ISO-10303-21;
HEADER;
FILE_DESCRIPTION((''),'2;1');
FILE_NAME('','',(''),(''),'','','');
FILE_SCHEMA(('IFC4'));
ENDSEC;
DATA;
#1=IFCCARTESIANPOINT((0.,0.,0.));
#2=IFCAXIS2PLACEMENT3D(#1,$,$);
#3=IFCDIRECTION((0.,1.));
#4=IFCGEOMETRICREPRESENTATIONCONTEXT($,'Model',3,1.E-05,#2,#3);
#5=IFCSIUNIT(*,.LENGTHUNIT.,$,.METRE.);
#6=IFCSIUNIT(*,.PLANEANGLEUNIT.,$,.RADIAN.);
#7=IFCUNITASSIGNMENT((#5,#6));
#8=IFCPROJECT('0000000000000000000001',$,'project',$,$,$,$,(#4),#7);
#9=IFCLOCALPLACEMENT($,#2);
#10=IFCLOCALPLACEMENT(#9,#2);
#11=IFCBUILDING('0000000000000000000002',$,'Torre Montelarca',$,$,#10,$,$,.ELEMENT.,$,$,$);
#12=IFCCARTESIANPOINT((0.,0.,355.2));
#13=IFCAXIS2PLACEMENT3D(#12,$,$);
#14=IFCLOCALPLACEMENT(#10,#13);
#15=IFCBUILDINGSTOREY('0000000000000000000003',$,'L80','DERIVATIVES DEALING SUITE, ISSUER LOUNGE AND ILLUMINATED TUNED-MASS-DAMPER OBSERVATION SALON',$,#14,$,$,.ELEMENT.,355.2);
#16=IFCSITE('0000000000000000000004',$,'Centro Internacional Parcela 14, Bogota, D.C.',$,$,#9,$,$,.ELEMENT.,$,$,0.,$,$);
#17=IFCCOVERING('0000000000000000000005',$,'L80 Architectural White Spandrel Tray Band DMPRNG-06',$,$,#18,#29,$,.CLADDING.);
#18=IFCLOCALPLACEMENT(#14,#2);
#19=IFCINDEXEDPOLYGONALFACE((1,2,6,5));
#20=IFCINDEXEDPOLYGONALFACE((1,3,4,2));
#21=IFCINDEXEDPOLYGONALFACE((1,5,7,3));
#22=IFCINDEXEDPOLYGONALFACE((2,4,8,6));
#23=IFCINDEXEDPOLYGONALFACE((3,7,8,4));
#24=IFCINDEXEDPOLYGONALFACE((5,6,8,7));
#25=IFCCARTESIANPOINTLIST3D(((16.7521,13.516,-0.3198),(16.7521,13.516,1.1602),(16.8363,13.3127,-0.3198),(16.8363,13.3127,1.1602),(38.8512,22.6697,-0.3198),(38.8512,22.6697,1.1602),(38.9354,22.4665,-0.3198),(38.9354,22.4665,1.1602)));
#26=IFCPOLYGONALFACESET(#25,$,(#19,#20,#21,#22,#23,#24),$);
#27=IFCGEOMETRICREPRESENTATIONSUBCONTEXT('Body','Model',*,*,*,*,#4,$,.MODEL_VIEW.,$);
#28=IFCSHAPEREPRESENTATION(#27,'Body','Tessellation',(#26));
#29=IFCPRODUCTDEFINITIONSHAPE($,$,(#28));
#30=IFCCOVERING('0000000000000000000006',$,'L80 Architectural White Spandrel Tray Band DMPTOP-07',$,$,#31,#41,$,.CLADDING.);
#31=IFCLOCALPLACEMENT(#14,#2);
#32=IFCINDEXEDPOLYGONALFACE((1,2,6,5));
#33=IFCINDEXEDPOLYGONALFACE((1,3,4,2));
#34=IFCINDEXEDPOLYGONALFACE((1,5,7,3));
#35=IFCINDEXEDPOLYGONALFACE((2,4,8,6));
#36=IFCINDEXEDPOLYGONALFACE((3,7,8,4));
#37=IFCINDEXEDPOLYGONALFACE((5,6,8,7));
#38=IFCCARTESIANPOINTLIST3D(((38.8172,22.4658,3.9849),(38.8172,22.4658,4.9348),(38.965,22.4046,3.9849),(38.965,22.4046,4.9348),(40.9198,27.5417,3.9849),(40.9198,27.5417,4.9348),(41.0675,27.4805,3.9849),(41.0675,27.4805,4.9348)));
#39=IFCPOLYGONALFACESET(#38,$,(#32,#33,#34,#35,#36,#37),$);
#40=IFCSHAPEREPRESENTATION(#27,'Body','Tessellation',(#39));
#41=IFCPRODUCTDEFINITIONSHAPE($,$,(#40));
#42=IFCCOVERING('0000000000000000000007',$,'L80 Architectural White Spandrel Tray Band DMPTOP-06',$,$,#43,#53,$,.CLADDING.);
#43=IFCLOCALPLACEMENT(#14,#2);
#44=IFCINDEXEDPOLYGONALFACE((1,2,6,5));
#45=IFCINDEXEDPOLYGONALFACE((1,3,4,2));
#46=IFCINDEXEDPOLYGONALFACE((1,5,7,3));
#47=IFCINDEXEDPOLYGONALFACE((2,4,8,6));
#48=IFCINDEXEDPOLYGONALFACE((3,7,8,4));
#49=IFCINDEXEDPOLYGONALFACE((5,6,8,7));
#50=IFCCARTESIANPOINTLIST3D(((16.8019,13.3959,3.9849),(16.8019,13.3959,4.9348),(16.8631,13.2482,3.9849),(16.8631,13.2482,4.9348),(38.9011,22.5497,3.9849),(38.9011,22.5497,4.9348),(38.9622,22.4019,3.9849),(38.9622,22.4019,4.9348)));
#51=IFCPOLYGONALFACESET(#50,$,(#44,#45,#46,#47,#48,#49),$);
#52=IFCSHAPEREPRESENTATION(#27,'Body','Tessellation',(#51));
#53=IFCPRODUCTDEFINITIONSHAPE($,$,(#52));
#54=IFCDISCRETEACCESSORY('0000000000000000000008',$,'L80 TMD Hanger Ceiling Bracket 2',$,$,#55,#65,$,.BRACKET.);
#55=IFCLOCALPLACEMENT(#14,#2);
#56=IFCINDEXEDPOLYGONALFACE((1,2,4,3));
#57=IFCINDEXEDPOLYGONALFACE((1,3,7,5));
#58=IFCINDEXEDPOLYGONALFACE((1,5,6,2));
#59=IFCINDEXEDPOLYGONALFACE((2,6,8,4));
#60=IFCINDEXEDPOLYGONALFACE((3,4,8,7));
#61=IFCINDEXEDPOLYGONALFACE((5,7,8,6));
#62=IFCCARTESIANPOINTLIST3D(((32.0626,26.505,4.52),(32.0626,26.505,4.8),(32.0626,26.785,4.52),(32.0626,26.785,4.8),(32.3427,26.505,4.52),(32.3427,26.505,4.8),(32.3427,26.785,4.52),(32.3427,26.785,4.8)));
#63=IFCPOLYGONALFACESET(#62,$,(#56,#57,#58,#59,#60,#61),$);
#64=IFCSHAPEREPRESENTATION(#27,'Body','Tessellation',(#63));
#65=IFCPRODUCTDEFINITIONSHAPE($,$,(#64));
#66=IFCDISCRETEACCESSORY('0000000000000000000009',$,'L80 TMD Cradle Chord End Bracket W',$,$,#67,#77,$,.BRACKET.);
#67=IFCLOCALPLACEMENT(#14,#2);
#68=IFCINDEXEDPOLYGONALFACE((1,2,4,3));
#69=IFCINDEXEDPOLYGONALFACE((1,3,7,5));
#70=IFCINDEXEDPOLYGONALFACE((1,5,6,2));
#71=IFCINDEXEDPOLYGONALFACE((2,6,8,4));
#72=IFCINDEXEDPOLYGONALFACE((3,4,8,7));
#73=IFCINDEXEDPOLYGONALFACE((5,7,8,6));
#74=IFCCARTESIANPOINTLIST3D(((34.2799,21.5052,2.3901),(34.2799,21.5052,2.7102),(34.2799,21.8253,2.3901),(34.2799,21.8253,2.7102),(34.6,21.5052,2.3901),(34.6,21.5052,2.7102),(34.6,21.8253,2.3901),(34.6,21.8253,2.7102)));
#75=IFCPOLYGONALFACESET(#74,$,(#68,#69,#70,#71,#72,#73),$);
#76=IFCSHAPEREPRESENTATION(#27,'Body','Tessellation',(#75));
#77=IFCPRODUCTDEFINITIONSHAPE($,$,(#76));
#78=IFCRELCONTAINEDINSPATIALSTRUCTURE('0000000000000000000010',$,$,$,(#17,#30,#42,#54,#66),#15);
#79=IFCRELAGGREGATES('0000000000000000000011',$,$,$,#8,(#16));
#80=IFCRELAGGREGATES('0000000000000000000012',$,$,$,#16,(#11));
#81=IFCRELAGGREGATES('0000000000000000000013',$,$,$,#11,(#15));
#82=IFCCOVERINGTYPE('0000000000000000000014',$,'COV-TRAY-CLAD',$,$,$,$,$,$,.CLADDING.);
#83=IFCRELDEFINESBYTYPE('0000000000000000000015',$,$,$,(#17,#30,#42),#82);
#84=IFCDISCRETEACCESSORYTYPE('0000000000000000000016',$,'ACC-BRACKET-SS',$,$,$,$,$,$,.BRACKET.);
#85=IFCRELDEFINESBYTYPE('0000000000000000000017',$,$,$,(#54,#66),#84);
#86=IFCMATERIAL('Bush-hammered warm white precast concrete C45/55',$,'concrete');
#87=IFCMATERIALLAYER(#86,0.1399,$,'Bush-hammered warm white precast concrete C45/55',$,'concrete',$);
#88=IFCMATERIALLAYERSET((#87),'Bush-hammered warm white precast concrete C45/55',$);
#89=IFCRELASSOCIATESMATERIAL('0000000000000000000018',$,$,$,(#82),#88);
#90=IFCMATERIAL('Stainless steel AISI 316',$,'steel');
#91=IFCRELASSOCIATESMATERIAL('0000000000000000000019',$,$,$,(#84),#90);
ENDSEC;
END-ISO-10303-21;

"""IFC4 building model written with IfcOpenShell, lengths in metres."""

from ifc_helpers import new_model, si_unit, direction, frame, origin, origin_2d, place, context, subcontext, project, spatial, rectangle, extrude, source, transform, mapped, material, layer, layer_set, type_object, element, save


model = new_model("IFC4")

# Units and contexts
model_context = context("Model", 3, precision=1e-05, world=origin(), true_north=direction((0.0, 1.0)))
body_context = subcontext(model_context, "Body", "Model", "MODEL_VIEW")
ifc_project = project(units=[si_unit("LENGTHUNIT", "METRE"), si_unit("PLANEANGLEUNIT", "RADIAN")], contexts=[model_context])

# Site, building, storey
site_placement = place(None, origin())
site = spatial("IfcSite", under=ifc_project, at=site_placement, Name="Centro Internacional Parcela 14, Bogota, D.C.", CompositionType="ELEMENT", RefElevation=0.0)
building_placement = place(site_placement, origin())
building = spatial("IfcBuilding", under=site, at=building_placement, Name="Torre Montelarca", CompositionType="ELEMENT")
storey_placement = place(building_placement, frame((0.0, 0.0, 355.2)))
storey = spatial("IfcBuildingStorey", under=building, at=storey_placement, Name="L80", Description="DERIVATIVES DEALING SUITE, ISSUER LOUNGE AND ILLUMINATED TUNED-MASS-DAMPER OBSERVATION SALON", CompositionType="ELEMENT", Elevation=355.2)

# Coverings
ifc_material_1 = material(Name="Bush-hammered warm white precast concrete C45/55", Category="concrete")
ifc_layer_1 = layer(ifc_material_1, 0.1399, Name="Bush-hammered warm white precast concrete C45/55", Category="concrete")
ifc_layer_set_1 = layer_set([ifc_layer_1], Name="Bush-hammered warm white precast concrete C45/55")
covering_type = type_object("IfcCoveringType", Name="COV-TRAY-CLAD", PredefinedType="CLADDING", material=ifc_layer_set_1)
shared_shape_1 = source(origin(), body_context, "Body", "SweptSolid", [
    extrude(rectangle(XDim=23.9199, YDim=0.22, at=origin_2d()), origin(), (0.0, 0.0, 1.0), 1.48),
])
covering_1_placement = place(storey_placement, frame((27.8438, 17.9912, -0.3198), z_axis=(0.0, 0.0, 1.0), x_axis=(0.92388, 0.382682, 0.0)))
element("IfcCovering", 1, at=covering_1_placement, inside=storey, type_object=covering_type, Name="L80 Architectural White Spandrel Tray Band DMPRNG-06", PredefinedType="CLADDING", context=body_context, shape_type="MappedRepresentation", body=[
    mapped(shared_shape_1, transform((0.0, 0.0, 0.0), scale=1.0)),
])
shared_shape_2 = source(origin(), body_context, "Body", "SweptSolid", [
    extrude(rectangle(XDim=5.4941, YDim=0.1599, at=origin_2d()), origin(), (0.0, 0.0, 1.0), 0.95),
])
covering_2_placement = place(storey_placement, frame((39.9424, 24.9731, 3.9849), z_axis=(0.0, 0.0, 1.0), x_axis=(0.382688, 0.923878, 0.0)))
element("IfcCovering", 2, at=covering_2_placement, inside=storey, type_object=covering_type, Name="L80 Architectural White Spandrel Tray Band DMPTOP-07", PredefinedType="CLADDING", context=body_context, shape_type="MappedRepresentation", body=[
    mapped(shared_shape_2, transform((0.0, 0.0, 0.0), scale=1.0)),
])
shared_shape_3 = source(origin(), body_context, "Body", "SweptSolid", [
    extrude(rectangle(XDim=23.9199, YDim=0.1599, at=origin_2d()), origin(), (0.0, 0.0, 1.0), 0.95),
])
covering_3_placement = place(storey_placement, frame((27.8821, 17.8989, 3.9849), z_axis=(0.0, 0.0, 1.0), x_axis=(0.92388, 0.382682, 0.0)))
element("IfcCovering", 3, at=covering_3_placement, inside=storey, type_object=covering_type, Name="L80 Architectural White Spandrel Tray Band DMPTOP-06", PredefinedType="CLADDING", context=body_context, shape_type="MappedRepresentation", body=[
    mapped(shared_shape_3, transform((0.0, 0.0, 0.0), scale=1.0)),
])

# Discrete accessories
ifc_material_2 = material(Name="Stainless steel AISI 316", Category="steel")
discrete_accessory_type = type_object("IfcDiscreteAccessoryType", Name="ACC-BRACKET-SS", PredefinedType="BRACKET", material=ifc_material_2)
shared_shape_4 = source(origin(), body_context, "Body", "SweptSolid", [
    extrude(rectangle(XDim=0.28, YDim=0.28, at=origin_2d()), origin(), (0.0, 0.0, 1.0), 0.28),
])
discrete_accessory_1_placement = place(storey_placement, frame((32.2026, 26.645, 4.52), z_axis=(0.0, 0.0, 1.0), x_axis=(1.0, 0.0, 0.0)))
element("IfcDiscreteAccessory", 4, at=discrete_accessory_1_placement, inside=storey, type_object=discrete_accessory_type, Name="L80 TMD Hanger Ceiling Bracket 2", PredefinedType="BRACKET", context=body_context, shape_type="MappedRepresentation", body=[
    mapped(shared_shape_4, transform((0.0, 0.0, 0.0), scale=1.0)),
])
shared_shape_5 = source(origin(), body_context, "Body", "SweptSolid", [
    extrude(rectangle(XDim=0.3201, YDim=0.3201, at=origin_2d()), origin(), (0.0, 0.0, 1.0), 0.3201),
])
discrete_accessory_2_placement = place(storey_placement, frame((34.4399, 21.6653, 2.3901), z_axis=(0.0, 0.0, 1.0), x_axis=(1.0, 0.0, 0.0)))
element("IfcDiscreteAccessory", 5, at=discrete_accessory_2_placement, inside=storey, type_object=discrete_accessory_type, Name="L80 TMD Cradle Chord End Bracket W", PredefinedType="BRACKET", context=body_context, shape_type="MappedRepresentation", body=[
    mapped(shared_shape_5, transform((0.0, 0.0, 0.0), scale=1.0)),
])

save(model, "model.ifc")
